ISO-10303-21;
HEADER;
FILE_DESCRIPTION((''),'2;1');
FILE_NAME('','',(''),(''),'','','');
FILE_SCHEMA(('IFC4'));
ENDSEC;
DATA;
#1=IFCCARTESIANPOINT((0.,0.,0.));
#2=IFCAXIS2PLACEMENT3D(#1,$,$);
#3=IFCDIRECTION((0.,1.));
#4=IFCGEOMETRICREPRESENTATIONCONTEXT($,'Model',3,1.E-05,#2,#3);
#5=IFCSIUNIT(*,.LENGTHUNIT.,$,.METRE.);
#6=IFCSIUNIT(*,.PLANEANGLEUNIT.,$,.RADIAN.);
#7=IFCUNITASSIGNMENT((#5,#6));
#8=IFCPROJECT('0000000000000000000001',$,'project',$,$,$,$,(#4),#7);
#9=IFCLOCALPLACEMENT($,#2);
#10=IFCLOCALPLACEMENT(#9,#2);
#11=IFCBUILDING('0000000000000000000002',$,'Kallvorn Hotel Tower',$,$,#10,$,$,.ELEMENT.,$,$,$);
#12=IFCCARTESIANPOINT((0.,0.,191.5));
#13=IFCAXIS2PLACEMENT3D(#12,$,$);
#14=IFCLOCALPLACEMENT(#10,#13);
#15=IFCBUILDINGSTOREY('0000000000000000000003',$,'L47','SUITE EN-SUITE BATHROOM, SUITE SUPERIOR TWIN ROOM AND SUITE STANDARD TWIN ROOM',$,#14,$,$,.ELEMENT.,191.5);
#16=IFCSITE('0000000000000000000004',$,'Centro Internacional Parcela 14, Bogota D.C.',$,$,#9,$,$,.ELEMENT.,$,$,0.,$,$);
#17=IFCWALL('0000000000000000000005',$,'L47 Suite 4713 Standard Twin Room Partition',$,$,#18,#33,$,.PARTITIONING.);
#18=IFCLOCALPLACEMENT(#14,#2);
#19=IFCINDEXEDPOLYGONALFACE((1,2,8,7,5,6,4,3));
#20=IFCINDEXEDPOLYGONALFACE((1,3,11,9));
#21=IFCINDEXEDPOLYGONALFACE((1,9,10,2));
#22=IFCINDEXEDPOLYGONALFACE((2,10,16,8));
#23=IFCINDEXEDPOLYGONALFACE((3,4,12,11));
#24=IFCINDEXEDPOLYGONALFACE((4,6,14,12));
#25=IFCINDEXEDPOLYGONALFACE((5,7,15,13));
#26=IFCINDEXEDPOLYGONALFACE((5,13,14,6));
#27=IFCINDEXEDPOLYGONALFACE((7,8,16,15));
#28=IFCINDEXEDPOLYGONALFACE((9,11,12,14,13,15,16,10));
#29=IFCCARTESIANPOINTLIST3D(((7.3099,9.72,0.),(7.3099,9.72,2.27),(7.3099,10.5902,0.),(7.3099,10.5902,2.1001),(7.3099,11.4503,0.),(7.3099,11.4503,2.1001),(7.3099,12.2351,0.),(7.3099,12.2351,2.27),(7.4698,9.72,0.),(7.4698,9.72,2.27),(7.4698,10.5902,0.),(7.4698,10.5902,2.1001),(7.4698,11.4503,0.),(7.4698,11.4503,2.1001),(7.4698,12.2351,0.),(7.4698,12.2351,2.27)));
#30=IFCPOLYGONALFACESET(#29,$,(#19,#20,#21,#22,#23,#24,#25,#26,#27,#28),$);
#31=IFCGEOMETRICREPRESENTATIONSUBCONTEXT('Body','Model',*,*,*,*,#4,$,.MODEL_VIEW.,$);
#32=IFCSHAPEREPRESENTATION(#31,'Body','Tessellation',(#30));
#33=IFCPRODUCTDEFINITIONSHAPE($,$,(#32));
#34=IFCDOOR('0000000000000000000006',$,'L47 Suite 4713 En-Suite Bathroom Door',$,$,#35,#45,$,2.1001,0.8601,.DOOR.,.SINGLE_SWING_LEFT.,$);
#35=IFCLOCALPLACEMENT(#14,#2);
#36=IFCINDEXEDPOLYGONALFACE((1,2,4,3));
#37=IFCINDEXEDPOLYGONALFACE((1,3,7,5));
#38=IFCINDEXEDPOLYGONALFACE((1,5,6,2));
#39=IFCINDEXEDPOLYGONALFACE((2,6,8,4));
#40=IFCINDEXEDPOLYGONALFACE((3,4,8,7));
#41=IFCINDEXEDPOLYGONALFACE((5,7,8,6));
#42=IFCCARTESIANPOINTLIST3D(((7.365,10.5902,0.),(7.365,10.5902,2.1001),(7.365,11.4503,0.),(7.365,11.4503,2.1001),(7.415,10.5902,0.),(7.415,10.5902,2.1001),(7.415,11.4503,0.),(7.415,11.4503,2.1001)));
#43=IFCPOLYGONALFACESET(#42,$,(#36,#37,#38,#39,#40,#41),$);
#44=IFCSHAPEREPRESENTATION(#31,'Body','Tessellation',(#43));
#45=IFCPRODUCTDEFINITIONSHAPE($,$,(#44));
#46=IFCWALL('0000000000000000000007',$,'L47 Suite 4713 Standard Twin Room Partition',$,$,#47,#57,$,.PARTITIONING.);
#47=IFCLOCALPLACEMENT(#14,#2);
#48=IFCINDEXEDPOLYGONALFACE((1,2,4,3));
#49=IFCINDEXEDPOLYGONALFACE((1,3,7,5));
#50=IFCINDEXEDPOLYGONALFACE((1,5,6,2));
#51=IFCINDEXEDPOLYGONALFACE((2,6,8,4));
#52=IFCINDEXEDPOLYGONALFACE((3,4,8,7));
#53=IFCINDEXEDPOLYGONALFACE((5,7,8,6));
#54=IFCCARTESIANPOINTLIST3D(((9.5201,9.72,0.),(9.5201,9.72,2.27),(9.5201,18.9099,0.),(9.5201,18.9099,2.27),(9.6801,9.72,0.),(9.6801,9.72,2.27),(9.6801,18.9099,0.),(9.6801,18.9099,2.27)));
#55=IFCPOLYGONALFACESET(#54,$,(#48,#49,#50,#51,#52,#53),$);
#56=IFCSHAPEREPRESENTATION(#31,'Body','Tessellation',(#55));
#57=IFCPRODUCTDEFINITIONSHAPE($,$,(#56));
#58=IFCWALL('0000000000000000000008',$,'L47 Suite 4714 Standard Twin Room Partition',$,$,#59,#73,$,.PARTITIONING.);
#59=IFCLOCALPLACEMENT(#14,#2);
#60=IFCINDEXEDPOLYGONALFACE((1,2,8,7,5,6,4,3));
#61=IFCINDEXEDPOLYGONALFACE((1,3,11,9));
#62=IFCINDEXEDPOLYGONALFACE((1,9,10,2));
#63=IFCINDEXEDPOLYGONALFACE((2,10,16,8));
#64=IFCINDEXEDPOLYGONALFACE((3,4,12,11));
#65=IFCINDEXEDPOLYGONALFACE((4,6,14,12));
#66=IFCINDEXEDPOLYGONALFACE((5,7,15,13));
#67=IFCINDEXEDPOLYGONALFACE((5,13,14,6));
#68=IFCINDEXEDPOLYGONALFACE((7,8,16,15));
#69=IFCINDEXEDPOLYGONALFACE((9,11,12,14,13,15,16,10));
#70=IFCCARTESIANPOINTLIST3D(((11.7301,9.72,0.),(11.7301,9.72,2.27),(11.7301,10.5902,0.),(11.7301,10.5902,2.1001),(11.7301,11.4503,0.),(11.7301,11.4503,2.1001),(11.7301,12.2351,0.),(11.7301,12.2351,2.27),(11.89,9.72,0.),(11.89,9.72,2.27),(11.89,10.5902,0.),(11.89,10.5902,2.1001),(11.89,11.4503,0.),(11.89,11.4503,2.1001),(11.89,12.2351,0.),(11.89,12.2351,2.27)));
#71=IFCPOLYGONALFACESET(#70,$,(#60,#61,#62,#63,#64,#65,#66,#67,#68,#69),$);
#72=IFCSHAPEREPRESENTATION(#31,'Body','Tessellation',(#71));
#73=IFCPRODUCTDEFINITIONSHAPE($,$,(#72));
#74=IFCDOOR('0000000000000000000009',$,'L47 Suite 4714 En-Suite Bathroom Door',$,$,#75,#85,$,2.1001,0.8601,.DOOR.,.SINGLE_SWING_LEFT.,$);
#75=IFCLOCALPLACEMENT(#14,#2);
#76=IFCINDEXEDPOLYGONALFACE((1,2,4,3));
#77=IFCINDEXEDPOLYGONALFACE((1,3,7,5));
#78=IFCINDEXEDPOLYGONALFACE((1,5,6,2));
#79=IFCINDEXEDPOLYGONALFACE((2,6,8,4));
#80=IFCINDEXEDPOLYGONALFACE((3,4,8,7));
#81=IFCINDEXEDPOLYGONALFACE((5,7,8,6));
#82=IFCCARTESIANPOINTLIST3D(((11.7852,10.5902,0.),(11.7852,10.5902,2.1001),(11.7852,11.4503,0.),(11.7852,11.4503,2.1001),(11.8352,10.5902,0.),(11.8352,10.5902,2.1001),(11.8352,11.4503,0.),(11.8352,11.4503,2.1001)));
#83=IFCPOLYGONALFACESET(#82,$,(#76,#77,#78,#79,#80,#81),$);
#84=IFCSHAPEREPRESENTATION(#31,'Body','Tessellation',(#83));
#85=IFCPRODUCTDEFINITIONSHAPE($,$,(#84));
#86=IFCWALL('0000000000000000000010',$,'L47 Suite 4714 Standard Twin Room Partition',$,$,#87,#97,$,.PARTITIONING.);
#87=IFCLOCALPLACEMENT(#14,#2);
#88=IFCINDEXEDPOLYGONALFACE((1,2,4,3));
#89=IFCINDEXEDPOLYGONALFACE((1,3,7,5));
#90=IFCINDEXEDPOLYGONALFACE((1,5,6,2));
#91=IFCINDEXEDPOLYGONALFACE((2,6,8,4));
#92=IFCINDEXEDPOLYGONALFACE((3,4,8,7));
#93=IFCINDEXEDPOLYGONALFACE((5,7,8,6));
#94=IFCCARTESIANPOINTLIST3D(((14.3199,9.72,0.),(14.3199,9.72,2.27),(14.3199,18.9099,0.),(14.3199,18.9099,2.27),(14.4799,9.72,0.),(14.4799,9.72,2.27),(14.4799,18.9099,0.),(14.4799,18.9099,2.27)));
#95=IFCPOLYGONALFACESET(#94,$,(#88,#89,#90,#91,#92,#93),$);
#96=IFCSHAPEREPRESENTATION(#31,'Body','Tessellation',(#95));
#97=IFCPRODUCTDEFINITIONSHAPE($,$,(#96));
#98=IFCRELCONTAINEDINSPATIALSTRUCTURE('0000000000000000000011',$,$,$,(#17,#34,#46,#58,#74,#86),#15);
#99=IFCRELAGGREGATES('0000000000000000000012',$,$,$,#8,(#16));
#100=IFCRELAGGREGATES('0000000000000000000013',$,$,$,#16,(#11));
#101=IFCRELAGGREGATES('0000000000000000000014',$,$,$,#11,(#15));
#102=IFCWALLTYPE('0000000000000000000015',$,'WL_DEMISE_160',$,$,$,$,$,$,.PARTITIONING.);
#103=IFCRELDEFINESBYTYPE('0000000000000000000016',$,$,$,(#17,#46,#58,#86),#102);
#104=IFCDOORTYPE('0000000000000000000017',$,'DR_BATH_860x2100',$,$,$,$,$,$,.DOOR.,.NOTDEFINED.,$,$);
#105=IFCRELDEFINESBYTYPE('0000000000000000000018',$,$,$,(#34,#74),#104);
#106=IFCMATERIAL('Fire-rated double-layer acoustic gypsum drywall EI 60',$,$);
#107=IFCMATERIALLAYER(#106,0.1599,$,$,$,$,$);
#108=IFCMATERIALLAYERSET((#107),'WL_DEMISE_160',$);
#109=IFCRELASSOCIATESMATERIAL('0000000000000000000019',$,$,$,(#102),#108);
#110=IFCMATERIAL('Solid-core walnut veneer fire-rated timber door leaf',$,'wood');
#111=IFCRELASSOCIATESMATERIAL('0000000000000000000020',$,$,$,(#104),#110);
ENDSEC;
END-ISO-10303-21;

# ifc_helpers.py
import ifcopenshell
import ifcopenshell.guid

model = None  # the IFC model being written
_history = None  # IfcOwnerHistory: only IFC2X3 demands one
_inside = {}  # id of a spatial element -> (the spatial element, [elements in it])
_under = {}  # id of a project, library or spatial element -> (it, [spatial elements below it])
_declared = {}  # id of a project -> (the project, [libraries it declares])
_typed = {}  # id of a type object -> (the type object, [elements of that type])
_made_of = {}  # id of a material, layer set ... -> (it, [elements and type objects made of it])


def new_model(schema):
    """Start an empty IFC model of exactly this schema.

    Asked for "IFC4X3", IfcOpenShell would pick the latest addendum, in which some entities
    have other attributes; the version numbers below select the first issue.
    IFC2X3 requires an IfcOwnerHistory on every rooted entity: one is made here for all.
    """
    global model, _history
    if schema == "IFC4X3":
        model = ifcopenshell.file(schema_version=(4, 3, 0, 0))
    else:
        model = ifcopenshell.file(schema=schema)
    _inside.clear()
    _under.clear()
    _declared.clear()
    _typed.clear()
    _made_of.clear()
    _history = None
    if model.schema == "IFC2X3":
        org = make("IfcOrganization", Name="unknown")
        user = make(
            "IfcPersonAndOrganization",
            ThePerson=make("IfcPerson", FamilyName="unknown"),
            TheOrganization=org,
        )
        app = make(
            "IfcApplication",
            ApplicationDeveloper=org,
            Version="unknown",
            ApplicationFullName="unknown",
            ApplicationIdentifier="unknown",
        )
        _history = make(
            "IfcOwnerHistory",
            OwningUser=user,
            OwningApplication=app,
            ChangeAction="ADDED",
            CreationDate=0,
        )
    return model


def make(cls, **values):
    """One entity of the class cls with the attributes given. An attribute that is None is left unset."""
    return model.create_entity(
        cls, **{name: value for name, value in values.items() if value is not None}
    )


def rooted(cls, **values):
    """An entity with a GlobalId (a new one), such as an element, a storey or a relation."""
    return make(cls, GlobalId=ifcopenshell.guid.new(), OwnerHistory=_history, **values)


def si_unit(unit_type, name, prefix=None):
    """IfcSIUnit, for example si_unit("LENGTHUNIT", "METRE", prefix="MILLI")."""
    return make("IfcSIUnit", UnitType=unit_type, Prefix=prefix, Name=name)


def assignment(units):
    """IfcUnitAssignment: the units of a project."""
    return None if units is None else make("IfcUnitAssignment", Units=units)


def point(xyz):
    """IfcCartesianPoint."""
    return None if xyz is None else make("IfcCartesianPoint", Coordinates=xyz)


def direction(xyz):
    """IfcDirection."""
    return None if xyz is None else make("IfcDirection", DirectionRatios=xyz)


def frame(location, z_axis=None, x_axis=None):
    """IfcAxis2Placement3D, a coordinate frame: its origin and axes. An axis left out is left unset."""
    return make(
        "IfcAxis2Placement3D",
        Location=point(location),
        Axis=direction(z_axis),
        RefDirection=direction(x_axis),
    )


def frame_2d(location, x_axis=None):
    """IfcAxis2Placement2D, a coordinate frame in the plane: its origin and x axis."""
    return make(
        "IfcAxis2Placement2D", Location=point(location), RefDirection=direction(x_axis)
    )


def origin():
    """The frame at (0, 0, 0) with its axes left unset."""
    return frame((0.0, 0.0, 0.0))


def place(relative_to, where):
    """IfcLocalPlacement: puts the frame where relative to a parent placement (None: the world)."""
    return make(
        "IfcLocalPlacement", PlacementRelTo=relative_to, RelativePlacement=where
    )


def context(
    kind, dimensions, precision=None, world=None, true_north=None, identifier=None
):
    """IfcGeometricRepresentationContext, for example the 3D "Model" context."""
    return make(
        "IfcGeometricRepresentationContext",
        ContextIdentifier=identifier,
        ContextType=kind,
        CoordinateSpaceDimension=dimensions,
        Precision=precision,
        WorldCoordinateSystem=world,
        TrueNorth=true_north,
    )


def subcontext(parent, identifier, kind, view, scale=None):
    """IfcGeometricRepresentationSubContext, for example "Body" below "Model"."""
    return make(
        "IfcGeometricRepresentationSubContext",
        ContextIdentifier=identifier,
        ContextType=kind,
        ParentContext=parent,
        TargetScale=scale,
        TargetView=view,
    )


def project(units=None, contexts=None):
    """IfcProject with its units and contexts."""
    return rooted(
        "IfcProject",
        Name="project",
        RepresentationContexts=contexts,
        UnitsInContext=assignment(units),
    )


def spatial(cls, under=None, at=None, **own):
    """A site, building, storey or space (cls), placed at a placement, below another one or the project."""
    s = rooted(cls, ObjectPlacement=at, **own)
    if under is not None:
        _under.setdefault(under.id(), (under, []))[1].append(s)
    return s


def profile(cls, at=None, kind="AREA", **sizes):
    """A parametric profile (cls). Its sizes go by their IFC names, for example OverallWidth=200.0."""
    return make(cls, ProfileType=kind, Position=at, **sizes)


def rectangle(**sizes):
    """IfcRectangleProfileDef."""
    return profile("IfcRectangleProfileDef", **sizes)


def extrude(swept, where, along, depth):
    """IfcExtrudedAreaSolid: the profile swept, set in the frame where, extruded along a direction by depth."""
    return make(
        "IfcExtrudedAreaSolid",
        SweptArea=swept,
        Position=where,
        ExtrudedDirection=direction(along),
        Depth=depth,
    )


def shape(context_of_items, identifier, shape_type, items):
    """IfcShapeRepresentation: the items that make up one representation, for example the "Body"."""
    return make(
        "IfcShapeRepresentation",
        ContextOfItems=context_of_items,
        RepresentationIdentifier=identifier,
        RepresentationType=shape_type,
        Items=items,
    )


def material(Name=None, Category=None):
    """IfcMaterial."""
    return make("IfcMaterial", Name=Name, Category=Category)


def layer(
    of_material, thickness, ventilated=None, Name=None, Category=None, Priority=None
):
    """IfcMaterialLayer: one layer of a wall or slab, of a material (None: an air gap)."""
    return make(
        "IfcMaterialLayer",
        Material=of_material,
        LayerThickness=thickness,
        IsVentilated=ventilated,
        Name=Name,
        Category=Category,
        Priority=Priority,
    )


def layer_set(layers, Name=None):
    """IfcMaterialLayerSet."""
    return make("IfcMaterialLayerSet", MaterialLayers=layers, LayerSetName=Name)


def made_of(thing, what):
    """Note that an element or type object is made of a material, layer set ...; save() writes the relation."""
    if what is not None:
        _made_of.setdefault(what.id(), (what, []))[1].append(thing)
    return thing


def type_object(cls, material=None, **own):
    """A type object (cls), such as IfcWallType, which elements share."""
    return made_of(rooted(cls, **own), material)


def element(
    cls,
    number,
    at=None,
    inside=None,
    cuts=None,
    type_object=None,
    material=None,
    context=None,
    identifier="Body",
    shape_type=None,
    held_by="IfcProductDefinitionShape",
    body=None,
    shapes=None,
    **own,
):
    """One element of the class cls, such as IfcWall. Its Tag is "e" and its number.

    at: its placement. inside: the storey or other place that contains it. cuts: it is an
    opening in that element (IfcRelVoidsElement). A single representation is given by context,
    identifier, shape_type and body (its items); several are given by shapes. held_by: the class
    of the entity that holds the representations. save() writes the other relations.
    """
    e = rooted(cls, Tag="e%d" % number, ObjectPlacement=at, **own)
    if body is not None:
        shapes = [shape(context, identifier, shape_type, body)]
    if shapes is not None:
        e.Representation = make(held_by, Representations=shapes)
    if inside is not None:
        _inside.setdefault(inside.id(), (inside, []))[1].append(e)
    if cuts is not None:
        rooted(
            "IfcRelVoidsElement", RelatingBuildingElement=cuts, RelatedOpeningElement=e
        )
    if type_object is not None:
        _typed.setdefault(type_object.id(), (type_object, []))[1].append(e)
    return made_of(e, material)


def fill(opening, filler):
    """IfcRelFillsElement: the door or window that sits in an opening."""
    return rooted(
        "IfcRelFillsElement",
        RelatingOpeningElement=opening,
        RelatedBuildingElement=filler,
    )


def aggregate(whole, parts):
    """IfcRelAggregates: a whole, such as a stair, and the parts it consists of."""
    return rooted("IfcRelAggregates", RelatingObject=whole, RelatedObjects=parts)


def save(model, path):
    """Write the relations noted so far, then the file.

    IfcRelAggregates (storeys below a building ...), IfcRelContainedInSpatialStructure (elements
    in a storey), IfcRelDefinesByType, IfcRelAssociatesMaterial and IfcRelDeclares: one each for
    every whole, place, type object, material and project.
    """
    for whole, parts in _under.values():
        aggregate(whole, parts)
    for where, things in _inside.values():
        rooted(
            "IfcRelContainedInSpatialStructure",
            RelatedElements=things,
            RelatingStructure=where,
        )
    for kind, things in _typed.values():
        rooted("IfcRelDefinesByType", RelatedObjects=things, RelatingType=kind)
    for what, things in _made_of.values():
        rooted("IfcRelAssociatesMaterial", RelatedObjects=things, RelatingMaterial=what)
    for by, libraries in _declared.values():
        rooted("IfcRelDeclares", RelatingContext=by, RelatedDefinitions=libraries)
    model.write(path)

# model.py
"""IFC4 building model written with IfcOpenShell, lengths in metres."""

from ifc_helpers import new_model, si_unit, direction, frame, frame_2d, origin, place, context, subcontext, project, spatial, rectangle, extrude, material, layer, layer_set, type_object, element, fill, save


model = new_model("IFC4")

# Units and contexts
model_context = context("Model", 3, precision=1e-05, world=origin(), true_north=direction((0.0, 1.0)))
body_context = subcontext(model_context, "Body", "Model", "MODEL_VIEW")
ifc_project = project(units=[si_unit("LENGTHUNIT", "METRE"), si_unit("PLANEANGLEUNIT", "RADIAN")], contexts=[model_context])

# Site, building, storey
site_placement = place(None, origin())
site = spatial("IfcSite", under=ifc_project, at=site_placement, Name="Centro Internacional Parcela 14, Bogota D.C.", CompositionType="ELEMENT", RefElevation=0.0)
building_placement = place(site_placement, origin())
building = spatial("IfcBuilding", under=site, at=building_placement, Name="Kallvorn Hotel Tower", CompositionType="ELEMENT")
storey_placement = place(building_placement, frame((0.0, 0.0, 191.5)))
storey = spatial("IfcBuildingStorey", under=building, at=storey_placement, Name="L47", Description="SUITE EN-SUITE BATHROOM, SUITE SUPERIOR TWIN ROOM AND SUITE STANDARD TWIN ROOM", CompositionType="ELEMENT", Elevation=191.5)

# Shared definitions
ifc_material_1 = material(Name="Fire-rated double-layer acoustic gypsum drywall EI 60")
ifc_layer = layer(ifc_material_1, 0.1599)
ifc_layer_set = layer_set([ifc_layer], Name="WL_DEMISE_160")
wall_type = type_object("IfcWallType", Name="WL_DEMISE_160", PredefinedType="PARTITIONING", material=ifc_layer_set)

# Wall, opening, door
wall_1_placement = place(storey_placement, frame((7.3899, 9.72, 0.0), z_axis=(0.0, 0.0, 1.0), x_axis=(0.0, 1.0, 0.0)))
wall_1 = element("IfcWall", 1, at=wall_1_placement, inside=storey, type_object=wall_type, Name="L47 Suite 4713 Standard Twin Room Partition", PredefinedType="PARTITIONING", context=body_context, shape_type="SweptSolid", body=[
    extrude(rectangle(XDim=2.5151, YDim=0.1599, at=frame_2d((1.2576, 0.0))), origin(), (0.0, 0.0, 1.0), 2.27),
])
opening_1_placement = place(wall_1_placement, frame((0.8701, 0.0, 0.0)))
opening_1 = element("IfcOpeningElement", 2, at=opening_1_placement, cuts=wall_1, PredefinedType="OPENING", context=body_context, shape_type="SweptSolid", body=[
    extrude(rectangle(XDim=0.8601, YDim=2.1001, at=frame_2d((0.4302, 1.05))), frame((0.0, 0.095, 0.0), z_axis=(0.0, -1.0, 0.0), x_axis=(1.0, 0.0, 0.0)), (0.0, 0.0, 1.0), 0.1899),
])
ifc_material_2 = material(Name="Solid-core walnut veneer fire-rated timber door leaf", Category="wood")
door_type = type_object("IfcDoorType", Name="DR_BATH_860x2100", OperationType="NOTDEFINED", PredefinedType="DOOR", material=ifc_material_2)
door_1_placement = place(opening_1_placement, origin())
door_1 = element("IfcDoor", 3, at=door_1_placement, inside=storey, type_object=door_type, Name="L47 Suite 4713 En-Suite Bathroom Door", OperationType="SINGLE_SWING_LEFT", OverallHeight=2.1001, OverallWidth=0.8601, PredefinedType="DOOR", context=body_context, shape_type="SweptSolid", body=[
    extrude(rectangle(XDim=0.8601, YDim=2.1001, at=frame_2d((0.4302, 1.05))), frame((0.0, 0.0249, 0.0), z_axis=(0.0, -1.0, 0.0), x_axis=(1.0, 0.0, 0.0)), (0.0, 0.0, 1.0), 0.05),
])
fill(opening_1, door_1)

# Wall
wall_2_placement = place(storey_placement, frame((9.6001, 9.72, 0.0), z_axis=(0.0, 0.0, 1.0), x_axis=(0.0, 1.0, 0.0)))
element("IfcWall", 4, at=wall_2_placement, inside=storey, type_object=wall_type, Name="L47 Suite 4713 Standard Twin Room Partition", PredefinedType="PARTITIONING", context=body_context, shape_type="SweptSolid", body=[
    extrude(rectangle(XDim=9.1899, YDim=0.1599, at=frame_2d((4.595, 0.0))), origin(), (0.0, 0.0, 1.0), 2.27),
])

# Wall, opening, door
wall_3_placement = place(storey_placement, frame((11.8101, 9.72, 0.0), z_axis=(0.0, 0.0, 1.0), x_axis=(0.0, 1.0, 0.0)))
wall_3 = element("IfcWall", 5, at=wall_3_placement, inside=storey, type_object=wall_type, Name="L47 Suite 4714 Standard Twin Room Partition", PredefinedType="PARTITIONING", context=body_context, shape_type="SweptSolid", body=[
    extrude(rectangle(XDim=2.5151, YDim=0.1599, at=frame_2d((1.2576, 0.0))), origin(), (0.0, 0.0, 1.0), 2.27),
])
opening_2_placement = place(wall_3_placement, frame((0.8701, 0.0, 0.0)))
opening_2 = element("IfcOpeningElement", 6, at=opening_2_placement, cuts=wall_3, PredefinedType="OPENING", context=body_context, shape_type="SweptSolid", body=[
    extrude(rectangle(XDim=0.8601, YDim=2.1001, at=frame_2d((0.4302, 1.05))), frame((0.0, 0.095, 0.0), z_axis=(0.0, -1.0, 0.0), x_axis=(1.0, 0.0, 0.0)), (0.0, 0.0, 1.0), 0.1899),
])
door_2_placement = place(opening_2_placement, origin())
door_2 = element("IfcDoor", 7, at=door_2_placement, inside=storey, type_object=door_type, Name="L47 Suite 4714 En-Suite Bathroom Door", OperationType="SINGLE_SWING_LEFT", OverallHeight=2.1001, OverallWidth=0.8601, PredefinedType="DOOR", context=body_context, shape_type="SweptSolid", body=[
    extrude(rectangle(XDim=0.8601, YDim=2.1001, at=frame_2d((0.4302, 1.05))), frame((0.0, 0.0249, 0.0), z_axis=(0.0, -1.0, 0.0), x_axis=(1.0, 0.0, 0.0)), (0.0, 0.0, 1.0), 0.05),
])
fill(opening_2, door_2)

# Wall
wall_4_placement = place(storey_placement, frame((14.3999, 9.72, 0.0), z_axis=(0.0, 0.0, 1.0), x_axis=(0.0, 1.0, 0.0)))
element("IfcWall", 8, at=wall_4_placement, inside=storey, type_object=wall_type, Name="L47 Suite 4714 Standard Twin Room Partition", PredefinedType="PARTITIONING", context=body_context, shape_type="SweptSolid", body=[
    extrude(rectangle(XDim=9.1899, YDim=0.1599, at=frame_2d((4.595, 0.0))), origin(), (0.0, 0.0, 1.0), 2.27),
])

save(model, "model.ifc")
